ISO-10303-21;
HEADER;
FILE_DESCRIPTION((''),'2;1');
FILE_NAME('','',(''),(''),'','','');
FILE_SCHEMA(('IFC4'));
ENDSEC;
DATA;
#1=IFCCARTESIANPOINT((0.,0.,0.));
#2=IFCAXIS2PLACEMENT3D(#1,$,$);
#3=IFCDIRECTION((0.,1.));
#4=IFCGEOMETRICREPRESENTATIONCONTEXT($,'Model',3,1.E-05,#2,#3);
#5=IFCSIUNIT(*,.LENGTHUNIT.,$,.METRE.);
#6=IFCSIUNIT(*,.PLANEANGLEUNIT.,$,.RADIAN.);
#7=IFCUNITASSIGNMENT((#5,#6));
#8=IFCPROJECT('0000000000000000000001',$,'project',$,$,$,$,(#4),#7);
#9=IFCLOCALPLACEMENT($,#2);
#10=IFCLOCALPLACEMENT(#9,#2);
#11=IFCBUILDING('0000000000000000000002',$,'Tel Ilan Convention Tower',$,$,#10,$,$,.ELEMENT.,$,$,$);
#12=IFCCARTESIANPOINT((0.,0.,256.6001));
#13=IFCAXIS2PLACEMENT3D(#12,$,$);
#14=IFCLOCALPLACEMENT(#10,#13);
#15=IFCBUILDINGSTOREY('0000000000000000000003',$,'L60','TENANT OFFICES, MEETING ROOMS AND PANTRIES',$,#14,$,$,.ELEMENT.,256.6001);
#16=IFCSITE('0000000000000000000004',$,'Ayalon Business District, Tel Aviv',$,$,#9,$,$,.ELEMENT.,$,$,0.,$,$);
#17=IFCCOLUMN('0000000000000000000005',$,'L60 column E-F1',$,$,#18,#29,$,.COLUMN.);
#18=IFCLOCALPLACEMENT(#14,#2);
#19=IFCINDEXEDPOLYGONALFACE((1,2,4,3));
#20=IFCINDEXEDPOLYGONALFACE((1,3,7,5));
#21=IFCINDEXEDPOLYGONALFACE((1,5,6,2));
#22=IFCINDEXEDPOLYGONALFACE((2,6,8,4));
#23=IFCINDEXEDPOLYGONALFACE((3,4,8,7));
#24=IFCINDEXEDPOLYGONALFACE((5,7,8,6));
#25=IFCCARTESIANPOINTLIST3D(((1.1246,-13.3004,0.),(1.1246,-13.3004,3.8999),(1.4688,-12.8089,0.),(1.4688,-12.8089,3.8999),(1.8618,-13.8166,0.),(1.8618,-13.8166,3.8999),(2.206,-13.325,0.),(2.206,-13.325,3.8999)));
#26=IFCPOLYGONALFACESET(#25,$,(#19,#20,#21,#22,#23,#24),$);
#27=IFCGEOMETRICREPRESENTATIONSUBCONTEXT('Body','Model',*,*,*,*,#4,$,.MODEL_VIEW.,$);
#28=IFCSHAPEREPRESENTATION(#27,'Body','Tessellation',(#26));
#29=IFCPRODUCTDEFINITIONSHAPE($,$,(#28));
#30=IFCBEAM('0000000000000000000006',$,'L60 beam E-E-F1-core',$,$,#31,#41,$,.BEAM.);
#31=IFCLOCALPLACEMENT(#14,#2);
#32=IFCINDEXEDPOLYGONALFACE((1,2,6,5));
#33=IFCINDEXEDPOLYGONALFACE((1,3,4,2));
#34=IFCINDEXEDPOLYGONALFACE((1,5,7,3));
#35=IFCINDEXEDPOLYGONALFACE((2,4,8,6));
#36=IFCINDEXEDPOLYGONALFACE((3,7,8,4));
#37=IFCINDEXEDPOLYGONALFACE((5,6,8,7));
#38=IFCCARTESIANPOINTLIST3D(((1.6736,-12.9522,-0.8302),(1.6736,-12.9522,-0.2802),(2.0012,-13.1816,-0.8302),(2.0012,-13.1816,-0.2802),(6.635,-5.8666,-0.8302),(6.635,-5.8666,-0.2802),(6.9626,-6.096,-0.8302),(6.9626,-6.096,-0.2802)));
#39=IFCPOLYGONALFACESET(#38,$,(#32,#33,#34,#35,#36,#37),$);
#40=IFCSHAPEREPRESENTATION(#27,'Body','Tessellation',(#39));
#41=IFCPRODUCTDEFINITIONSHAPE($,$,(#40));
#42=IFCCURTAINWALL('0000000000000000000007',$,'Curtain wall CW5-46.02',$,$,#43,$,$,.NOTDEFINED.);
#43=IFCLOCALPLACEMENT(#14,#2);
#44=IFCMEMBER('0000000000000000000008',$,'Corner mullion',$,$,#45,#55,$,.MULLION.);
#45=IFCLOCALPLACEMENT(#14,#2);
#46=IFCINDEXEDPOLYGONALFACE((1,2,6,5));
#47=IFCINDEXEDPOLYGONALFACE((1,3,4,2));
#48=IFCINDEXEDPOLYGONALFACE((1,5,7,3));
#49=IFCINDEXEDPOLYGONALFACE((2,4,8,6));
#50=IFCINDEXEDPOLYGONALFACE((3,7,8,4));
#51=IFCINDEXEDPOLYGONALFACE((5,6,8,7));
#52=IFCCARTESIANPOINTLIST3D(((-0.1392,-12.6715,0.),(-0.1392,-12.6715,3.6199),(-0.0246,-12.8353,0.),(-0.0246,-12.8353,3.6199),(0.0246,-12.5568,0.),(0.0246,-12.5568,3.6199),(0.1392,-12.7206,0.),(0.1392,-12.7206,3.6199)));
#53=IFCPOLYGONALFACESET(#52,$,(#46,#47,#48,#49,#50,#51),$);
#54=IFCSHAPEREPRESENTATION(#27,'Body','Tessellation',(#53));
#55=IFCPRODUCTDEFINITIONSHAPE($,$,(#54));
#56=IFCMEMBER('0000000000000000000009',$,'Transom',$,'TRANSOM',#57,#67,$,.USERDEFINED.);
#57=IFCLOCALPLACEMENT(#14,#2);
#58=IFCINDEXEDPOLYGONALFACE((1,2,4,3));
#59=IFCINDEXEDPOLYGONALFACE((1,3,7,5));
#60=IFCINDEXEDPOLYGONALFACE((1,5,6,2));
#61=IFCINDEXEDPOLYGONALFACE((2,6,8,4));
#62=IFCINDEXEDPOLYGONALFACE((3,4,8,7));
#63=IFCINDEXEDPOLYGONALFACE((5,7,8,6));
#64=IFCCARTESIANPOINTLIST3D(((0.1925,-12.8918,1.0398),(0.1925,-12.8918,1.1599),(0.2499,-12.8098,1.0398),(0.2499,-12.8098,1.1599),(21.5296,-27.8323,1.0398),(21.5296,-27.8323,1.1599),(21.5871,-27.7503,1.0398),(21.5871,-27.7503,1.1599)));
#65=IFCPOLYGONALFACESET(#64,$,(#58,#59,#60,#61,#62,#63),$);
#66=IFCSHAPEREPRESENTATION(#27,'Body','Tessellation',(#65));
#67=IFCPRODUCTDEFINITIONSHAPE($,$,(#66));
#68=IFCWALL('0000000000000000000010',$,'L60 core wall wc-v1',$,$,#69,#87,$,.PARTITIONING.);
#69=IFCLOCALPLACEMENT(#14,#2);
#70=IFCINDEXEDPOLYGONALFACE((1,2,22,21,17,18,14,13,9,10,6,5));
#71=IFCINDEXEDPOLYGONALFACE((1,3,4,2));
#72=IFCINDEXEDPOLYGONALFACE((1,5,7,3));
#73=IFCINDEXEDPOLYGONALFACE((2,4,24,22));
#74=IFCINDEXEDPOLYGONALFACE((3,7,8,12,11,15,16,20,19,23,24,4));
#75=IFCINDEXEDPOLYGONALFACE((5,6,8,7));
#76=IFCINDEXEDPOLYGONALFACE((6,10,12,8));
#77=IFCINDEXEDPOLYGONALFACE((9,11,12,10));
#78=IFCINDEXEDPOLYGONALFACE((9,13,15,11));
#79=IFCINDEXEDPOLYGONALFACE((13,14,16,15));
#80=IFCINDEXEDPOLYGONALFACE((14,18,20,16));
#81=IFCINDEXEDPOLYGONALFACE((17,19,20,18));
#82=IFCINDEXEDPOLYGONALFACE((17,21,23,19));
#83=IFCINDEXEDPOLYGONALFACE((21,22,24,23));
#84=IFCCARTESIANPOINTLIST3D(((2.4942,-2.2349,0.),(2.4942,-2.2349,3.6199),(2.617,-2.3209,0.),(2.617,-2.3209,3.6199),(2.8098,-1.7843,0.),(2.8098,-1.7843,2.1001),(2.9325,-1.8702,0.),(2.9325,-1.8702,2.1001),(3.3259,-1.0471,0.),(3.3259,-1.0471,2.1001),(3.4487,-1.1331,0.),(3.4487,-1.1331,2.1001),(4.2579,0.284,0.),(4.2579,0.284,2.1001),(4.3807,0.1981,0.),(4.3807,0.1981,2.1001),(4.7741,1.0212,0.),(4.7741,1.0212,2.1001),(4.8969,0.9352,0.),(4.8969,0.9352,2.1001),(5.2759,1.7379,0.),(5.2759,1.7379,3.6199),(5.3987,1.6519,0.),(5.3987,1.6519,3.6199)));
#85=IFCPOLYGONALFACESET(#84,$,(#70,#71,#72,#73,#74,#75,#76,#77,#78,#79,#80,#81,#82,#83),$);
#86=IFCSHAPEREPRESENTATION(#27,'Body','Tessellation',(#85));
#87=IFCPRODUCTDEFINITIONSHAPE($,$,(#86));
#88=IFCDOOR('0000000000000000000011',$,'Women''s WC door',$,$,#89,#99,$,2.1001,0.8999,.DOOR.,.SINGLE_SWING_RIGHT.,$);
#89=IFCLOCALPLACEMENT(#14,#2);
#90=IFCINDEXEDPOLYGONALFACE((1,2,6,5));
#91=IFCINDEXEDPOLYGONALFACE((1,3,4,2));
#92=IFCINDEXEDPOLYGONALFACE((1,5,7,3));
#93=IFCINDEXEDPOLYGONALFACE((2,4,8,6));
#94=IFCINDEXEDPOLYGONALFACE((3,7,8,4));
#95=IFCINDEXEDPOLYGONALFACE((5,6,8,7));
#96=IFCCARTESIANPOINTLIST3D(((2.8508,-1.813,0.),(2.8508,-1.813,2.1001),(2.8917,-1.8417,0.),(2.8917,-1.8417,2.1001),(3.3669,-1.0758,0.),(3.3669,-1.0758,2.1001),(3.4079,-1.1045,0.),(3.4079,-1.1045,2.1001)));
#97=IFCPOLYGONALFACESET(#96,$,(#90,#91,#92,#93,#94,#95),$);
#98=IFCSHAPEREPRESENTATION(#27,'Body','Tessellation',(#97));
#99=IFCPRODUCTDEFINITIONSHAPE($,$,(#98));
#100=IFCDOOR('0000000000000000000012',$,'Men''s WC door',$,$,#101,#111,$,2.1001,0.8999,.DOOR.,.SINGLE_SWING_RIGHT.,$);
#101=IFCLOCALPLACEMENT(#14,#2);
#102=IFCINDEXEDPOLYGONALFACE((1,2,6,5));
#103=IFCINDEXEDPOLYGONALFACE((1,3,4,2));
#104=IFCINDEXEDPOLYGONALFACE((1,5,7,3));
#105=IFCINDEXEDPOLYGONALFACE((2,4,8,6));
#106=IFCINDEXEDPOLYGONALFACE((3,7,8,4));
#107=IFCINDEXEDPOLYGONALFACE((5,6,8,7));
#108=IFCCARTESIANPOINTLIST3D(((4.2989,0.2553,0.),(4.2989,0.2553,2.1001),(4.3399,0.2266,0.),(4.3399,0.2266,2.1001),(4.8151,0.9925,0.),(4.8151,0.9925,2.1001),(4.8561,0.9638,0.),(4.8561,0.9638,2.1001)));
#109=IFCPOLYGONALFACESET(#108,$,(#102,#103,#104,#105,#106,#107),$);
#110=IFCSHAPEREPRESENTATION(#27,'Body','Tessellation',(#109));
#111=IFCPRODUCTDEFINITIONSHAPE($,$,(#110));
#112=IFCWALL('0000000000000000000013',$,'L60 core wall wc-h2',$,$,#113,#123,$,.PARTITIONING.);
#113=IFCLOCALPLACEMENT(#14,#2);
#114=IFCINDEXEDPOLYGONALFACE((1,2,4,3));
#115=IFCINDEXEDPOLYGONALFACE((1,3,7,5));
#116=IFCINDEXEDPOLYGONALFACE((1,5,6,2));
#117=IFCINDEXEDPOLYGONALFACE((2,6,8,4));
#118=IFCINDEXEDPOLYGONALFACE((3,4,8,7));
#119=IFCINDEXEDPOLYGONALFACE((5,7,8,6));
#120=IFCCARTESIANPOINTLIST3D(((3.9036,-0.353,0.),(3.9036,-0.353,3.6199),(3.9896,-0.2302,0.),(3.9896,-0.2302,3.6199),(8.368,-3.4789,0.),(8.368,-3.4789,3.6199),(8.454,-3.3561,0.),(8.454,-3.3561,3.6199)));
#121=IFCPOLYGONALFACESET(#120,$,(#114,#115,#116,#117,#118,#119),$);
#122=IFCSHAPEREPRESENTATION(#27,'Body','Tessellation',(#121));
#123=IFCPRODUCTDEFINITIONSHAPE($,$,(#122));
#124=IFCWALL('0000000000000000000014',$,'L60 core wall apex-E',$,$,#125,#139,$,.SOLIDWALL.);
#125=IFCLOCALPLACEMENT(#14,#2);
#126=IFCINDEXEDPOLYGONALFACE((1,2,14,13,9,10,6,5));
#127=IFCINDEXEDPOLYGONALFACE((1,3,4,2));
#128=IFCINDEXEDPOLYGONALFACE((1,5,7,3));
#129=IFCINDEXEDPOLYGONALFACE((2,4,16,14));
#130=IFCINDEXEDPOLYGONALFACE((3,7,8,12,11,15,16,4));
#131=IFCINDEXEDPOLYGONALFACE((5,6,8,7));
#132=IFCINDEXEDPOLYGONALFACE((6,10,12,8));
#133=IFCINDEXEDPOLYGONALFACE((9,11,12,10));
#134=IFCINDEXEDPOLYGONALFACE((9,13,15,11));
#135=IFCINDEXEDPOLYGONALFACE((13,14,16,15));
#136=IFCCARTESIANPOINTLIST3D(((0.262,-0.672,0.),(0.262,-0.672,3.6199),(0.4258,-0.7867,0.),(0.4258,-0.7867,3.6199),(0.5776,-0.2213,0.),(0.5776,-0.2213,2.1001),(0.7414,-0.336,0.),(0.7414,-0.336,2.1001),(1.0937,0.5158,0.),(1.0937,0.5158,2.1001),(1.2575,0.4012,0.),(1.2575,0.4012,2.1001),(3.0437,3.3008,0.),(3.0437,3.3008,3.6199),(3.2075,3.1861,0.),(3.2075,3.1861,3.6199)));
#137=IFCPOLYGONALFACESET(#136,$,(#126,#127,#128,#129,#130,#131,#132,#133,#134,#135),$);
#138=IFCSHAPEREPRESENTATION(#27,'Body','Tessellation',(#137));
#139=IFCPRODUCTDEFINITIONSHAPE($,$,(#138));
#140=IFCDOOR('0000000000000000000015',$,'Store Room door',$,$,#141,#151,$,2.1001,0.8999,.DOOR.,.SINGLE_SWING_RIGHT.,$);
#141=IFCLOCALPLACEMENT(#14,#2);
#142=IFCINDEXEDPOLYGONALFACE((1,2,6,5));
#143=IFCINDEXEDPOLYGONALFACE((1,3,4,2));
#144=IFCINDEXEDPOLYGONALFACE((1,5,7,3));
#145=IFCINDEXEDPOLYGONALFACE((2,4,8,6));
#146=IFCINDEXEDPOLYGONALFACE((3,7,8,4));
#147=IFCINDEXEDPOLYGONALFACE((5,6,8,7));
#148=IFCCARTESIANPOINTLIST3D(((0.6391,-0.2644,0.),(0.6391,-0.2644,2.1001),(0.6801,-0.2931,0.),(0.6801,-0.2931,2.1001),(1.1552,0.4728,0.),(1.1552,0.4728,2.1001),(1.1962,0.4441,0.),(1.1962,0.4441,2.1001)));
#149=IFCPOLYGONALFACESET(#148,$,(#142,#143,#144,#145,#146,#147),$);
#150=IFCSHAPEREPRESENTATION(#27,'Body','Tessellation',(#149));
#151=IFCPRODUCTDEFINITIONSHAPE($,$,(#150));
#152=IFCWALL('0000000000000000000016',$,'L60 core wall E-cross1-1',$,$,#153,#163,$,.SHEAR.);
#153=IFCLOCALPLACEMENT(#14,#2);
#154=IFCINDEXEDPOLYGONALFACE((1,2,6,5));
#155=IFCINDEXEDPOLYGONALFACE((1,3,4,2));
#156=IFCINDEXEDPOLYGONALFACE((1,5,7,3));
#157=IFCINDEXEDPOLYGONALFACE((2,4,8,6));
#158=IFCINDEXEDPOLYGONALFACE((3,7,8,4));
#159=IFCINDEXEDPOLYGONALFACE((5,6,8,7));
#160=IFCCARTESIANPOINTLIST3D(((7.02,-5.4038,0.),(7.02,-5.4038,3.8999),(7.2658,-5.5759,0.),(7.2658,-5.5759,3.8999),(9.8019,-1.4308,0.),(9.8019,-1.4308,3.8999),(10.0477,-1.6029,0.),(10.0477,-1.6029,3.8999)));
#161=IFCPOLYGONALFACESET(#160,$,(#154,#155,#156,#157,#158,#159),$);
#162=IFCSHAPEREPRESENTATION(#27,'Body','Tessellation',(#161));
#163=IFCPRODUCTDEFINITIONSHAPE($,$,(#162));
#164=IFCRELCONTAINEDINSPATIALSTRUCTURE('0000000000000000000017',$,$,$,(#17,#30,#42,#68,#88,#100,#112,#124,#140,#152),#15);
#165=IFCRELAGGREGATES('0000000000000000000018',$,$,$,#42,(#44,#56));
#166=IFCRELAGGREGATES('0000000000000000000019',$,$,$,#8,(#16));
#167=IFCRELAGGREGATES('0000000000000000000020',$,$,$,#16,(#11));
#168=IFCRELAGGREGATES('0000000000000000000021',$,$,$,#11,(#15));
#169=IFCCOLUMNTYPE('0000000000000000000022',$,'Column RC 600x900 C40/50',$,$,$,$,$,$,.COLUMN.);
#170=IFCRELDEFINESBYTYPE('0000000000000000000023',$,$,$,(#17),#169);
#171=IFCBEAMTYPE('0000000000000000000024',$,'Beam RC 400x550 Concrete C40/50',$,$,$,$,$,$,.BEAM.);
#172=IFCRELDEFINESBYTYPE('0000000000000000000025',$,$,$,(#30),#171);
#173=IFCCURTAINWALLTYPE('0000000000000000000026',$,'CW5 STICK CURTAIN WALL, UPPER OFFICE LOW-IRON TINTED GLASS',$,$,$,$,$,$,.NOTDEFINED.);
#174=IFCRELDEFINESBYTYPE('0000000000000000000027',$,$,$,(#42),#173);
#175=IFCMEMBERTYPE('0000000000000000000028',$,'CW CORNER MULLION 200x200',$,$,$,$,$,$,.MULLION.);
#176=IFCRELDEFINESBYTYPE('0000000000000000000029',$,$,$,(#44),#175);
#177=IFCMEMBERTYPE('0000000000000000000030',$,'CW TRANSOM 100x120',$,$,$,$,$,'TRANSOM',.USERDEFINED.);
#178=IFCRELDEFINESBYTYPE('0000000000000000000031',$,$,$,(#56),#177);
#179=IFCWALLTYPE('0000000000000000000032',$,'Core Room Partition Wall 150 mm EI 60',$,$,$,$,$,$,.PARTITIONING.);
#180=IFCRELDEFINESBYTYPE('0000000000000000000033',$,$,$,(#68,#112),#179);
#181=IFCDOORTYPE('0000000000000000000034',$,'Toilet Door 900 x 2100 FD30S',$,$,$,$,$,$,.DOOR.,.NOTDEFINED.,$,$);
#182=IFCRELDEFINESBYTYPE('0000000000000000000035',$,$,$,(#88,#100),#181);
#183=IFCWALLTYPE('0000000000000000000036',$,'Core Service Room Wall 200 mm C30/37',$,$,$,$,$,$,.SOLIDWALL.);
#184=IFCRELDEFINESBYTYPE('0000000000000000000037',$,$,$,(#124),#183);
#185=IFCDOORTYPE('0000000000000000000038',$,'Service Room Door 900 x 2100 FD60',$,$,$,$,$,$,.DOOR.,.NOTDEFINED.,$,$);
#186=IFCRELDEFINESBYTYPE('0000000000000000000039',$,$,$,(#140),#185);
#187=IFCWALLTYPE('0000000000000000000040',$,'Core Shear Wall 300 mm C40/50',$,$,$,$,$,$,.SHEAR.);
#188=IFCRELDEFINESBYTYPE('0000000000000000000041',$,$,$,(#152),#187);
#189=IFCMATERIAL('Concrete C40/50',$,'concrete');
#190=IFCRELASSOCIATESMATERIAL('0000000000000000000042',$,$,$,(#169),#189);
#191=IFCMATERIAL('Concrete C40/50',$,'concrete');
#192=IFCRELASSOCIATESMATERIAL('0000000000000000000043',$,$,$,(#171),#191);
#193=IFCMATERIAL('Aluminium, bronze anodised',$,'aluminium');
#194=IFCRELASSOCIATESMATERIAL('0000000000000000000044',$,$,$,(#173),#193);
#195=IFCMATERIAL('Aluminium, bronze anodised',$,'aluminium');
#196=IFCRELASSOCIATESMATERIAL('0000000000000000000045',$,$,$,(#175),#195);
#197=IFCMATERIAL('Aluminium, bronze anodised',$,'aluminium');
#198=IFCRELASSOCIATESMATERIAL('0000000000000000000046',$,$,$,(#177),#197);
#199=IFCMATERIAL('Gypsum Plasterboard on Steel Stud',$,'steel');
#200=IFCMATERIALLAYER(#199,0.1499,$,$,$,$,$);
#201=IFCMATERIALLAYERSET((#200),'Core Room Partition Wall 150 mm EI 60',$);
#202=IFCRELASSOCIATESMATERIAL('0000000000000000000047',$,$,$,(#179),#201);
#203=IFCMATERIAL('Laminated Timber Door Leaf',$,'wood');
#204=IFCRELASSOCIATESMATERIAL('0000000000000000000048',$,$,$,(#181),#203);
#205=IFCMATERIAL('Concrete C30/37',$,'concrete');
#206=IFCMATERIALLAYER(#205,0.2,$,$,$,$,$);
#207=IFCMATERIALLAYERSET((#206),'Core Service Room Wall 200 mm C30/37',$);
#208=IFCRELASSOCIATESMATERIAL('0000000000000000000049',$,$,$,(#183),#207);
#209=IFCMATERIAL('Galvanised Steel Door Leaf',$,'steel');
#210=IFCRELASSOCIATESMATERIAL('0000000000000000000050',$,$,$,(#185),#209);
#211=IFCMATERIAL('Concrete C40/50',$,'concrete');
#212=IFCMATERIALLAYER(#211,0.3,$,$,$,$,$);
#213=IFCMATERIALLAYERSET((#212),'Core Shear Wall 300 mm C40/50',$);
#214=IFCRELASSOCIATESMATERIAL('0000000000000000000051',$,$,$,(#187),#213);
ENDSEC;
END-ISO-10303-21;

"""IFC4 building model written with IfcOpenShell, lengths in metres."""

from ifc_helpers import new_model, si_unit, direction, frame, frame_2d, origin, origin_2d, place, context, subcontext, project, spatial, polyline, rectangle, outline, extrude, material, layer, layer_set, material_profile, profile_set, type_object, element, fill, aggregate, save


model = new_model("IFC4")

# Units and contexts
model_context = context("Model", 3, precision=1e-05, world=origin(), true_north=direction((0.0, 1.0)))
body_context = subcontext(model_context, "Body", "Model", "MODEL_VIEW")
ifc_project = project(units=[si_unit("LENGTHUNIT", "METRE"), si_unit("PLANEANGLEUNIT", "RADIAN")], contexts=[model_context])

# Site, building, storey
site_placement = place(None, origin())
site = spatial("IfcSite", under=ifc_project, at=site_placement, Name="Ayalon Business District, Tel Aviv", CompositionType="ELEMENT", RefElevation=0.0)
building_placement = place(site_placement, origin())
building = spatial("IfcBuilding", under=site, at=building_placement, Name="Tel Ilan Convention Tower", CompositionType="ELEMENT")
storey_placement = place(building_placement, frame((0.0, 0.0, 256.6001)))
storey = spatial("IfcBuildingStorey", under=building, at=storey_placement, Name="L60", Description="TENANT OFFICES, MEETING ROOMS AND PANTRIES", CompositionType="ELEMENT", Elevation=256.6001)

# Column
ifc_material_1 = material(Name="Concrete C40/50", Category="concrete")
ifc_material_profile_1 = material_profile(ifc_material_1, rectangle(XDim=0.8999, YDim=0.6001, at=origin_2d()), Name="RC 600x900")
ifc_profile_set_1 = profile_set([ifc_material_profile_1], Name="Concrete C40/50")
column_type = type_object("IfcColumnType", Name="Column RC 600x900 C40/50", PredefinedType="COLUMN", material=ifc_profile_set_1)
column_placement = place(storey_placement, frame((1.6653, -13.3127, 0.0), z_axis=(0.0, 0.0, 1.0), x_axis=(0.819152, -0.573576, 0.0)))
element("IfcColumn", 1, at=column_placement, inside=storey, type_object=column_type, Name="L60 column E-F1", PredefinedType="COLUMN", context=body_context, shape_type="SweptSolid", body=[
    extrude(rectangle(XDim=0.8999, YDim=0.6001, at=origin_2d()), origin(), (0.0, 0.0, 1.0), 3.8999),
])

# Beam
ifc_material_2 = material(Name="Concrete C40/50", Category="concrete")
ifc_material_profile_2 = material_profile(ifc_material_2, rectangle(XDim=0.3999, YDim=0.55, at=origin_2d()), Name="RC 400x550")
ifc_profile_set_2 = profile_set([ifc_material_profile_2], Name="Concrete C40/50")
beam_type = type_object("IfcBeamType", Name="Beam RC 400x550 Concrete C40/50", PredefinedType="BEAM", material=ifc_profile_set_2)
beam_placement = place(storey_placement, frame((1.8374, -13.0669, -0.5552), z_axis=(0.573574, 0.819154, 0.0), x_axis=(-0.819154, 0.573574, 0.0)))
element("IfcBeam", 2, at=beam_placement, inside=storey, type_object=beam_type, Name="L60 beam E-E-F1-core", PredefinedType="BEAM", context=body_context, shape_type="SweptSolid", body=[
    extrude(rectangle(XDim=0.3999, YDim=0.55, at=origin_2d()), origin(), (0.0, 0.0, 1.0), 8.6499),
])

# Curtain wall, members
ifc_material_3 = material(Name="Aluminium, bronze anodised", Category="aluminium")
curtain_wall_type = type_object("IfcCurtainWallType", Name="CW5 STICK CURTAIN WALL, UPPER OFFICE LOW-IRON TINTED GLASS", PredefinedType="NOTDEFINED", material=ifc_material_3)
curtain_wall_placement = place(storey_placement, origin())
curtain_wall = element("IfcCurtainWall", 3, at=curtain_wall_placement, inside=storey, type_object=curtain_wall_type, Name="Curtain wall CW5-46.02", PredefinedType="NOTDEFINED")
ifc_material_4 = material(Name="Aluminium, bronze anodised", Category="aluminium")
ifc_material_profile_3 = material_profile(ifc_material_4, rectangle(XDim=0.2, YDim=0.2, at=origin_2d()), Name="CW CORNER MULLION 200x200")
ifc_profile_set_3 = profile_set([ifc_material_profile_3], Name="Aluminium, bronze anodised")
member_type_1 = type_object("IfcMemberType", Name="CW CORNER MULLION 200x200", PredefinedType="MULLION", material=ifc_profile_set_3)
member_1_placement = place(storey_placement, frame((0.0, -12.696, 0.0), z_axis=(0.0, 0.0, 1.0), x_axis=(0.819152, 0.573576, 0.0)))
member_1 = element("IfcMember", 4, at=member_1_placement, type_object=member_type_1, Name="Corner mullion", PredefinedType="MULLION", context=body_context, shape_type="SweptSolid", body=[
    extrude(rectangle(XDim=0.2, YDim=0.2, at=origin_2d()), origin(), (0.0, 0.0, 1.0), 3.6199),
])
ifc_material_5 = material(Name="Aluminium, bronze anodised", Category="aluminium")
ifc_material_profile_4 = material_profile(ifc_material_5, rectangle(XDim=0.1001, YDim=0.1201, at=origin_2d()), Name="CW TRANSOM 100x120")
ifc_profile_set_4 = profile_set([ifc_material_profile_4], Name="Aluminium, bronze anodised")
member_type_2 = type_object("IfcMemberType", Name="CW TRANSOM 100x120", ElementType="TRANSOM", PredefinedType="USERDEFINED", material=ifc_profile_set_4)
member_2_placement = place(storey_placement, frame((0.2212, -12.8508, 1.0999), z_axis=(0.819152, -0.573576, 0.0), x_axis=(0.573576, 0.819152, 0.0)))
member_2 = element("IfcMember", 5, at=member_2_placement, type_object=member_type_2, Name="Transom", ObjectType="TRANSOM", PredefinedType="USERDEFINED", context=body_context, shape_type="SweptSolid", body=[
    extrude(rectangle(XDim=0.1001, YDim=0.1201, at=origin_2d()), origin(), (0.0, 0.0, 1.0), 26.0479),
])
aggregate(curtain_wall, [member_1, member_2])

# Wall, openings, doors
ifc_material_6 = material(Name="Gypsum Plasterboard on Steel Stud", Category="steel")
ifc_layer_1 = layer(ifc_material_6, 0.1499)
ifc_layer_set_1 = layer_set([ifc_layer_1], Name="Core Room Partition Wall 150 mm EI 60")
wall_type_1 = type_object("IfcWallType", Name="Core Room Partition Wall 150 mm EI 60", PredefinedType="PARTITIONING", material=ifc_layer_set_1)
wall_1_placement = place(storey_placement, frame((2.5557, -2.2778, 0.0), z_axis=(0.0, 0.0, 1.0), x_axis=(0.57356, 0.819163, 0.0)))
wall_1 = element("IfcWall", 6, at=wall_1_placement, inside=storey, type_object=wall_type_1, Name="L60 core wall wc-v1", PredefinedType="PARTITIONING", context=body_context, shape_type="SweptSolid", body=[
    extrude(rectangle(XDim=4.8499, YDim=0.1499, at=frame_2d((2.4248, 0.0))), origin(), (0.0, 0.0, 1.0), 3.6199),
])
opening_1_placement = place(wall_1_placement, frame((0.55, 0.0, 0.0)))
opening_1 = element("IfcOpeningElement", 7, at=opening_1_placement, cuts=wall_1, PredefinedType="OPENING", context=body_context, shape_type="SweptSolid", body=[
    extrude(rectangle(XDim=0.8999, YDim=2.1001, at=frame_2d((0.45, 1.05))), frame((0.0, 0.085, 0.0), z_axis=(0.0, -1.0, 0.0), x_axis=(1.0, 0.0, 0.0)), (0.0, 0.0, 1.0), 0.1699),
])
opening_2_placement = place(wall_1_placement, frame((3.075, 0.0, 0.0)))
opening_2 = element("IfcOpeningElement", 8, at=opening_2_placement, cuts=wall_1, PredefinedType="OPENING", context=body_context, shape_type="SweptSolid", body=[
    extrude(rectangle(XDim=0.8999, YDim=2.1001, at=frame_2d((0.45, 1.05))), frame((0.0, 0.085, 0.0), z_axis=(0.0, -1.0, 0.0), x_axis=(1.0, 0.0, 0.0)), (0.0, 0.0, 1.0), 0.1699),
])
ifc_material_7 = material(Name="Laminated Timber Door Leaf", Category="wood")
door_type_1 = type_object("IfcDoorType", Name="Toilet Door 900 x 2100 FD30S", OperationType="NOTDEFINED", PredefinedType="DOOR", material=ifc_material_7)
door_1_placement = place(opening_1_placement, origin())
door_1 = element("IfcDoor", 9, at=door_1_placement, inside=storey, type_object=door_type_1, Name="Women's WC door", OperationType="SINGLE_SWING_RIGHT", OverallHeight=2.1001, OverallWidth=0.8999, PredefinedType="DOOR", context=body_context, shape_type="SweptSolid", body=[
    extrude(rectangle(XDim=0.8999, YDim=2.1001, at=frame_2d((0.45, 1.05))), frame((0.0, 0.0249, 0.0), z_axis=(0.0, -1.0, 0.0), x_axis=(1.0, 0.0, 0.0)), (0.0, 0.0, 1.0), 0.05),
])
fill(opening_1, door_1)
door_2_placement = place(opening_2_placement, origin())
door_2 = element("IfcDoor", 10, at=door_2_placement, inside=storey, type_object=door_type_1, Name="Men's WC door", OperationType="SINGLE_SWING_RIGHT", OverallHeight=2.1001, OverallWidth=0.8999, PredefinedType="DOOR", context=body_context, shape_type="SweptSolid", body=[
    extrude(rectangle(XDim=0.8999, YDim=2.1001, at=frame_2d((0.45, 1.05))), frame((0.0, 0.0249, 0.0), z_axis=(0.0, -1.0, 0.0), x_axis=(1.0, 0.0, 0.0)), (0.0, 0.0, 1.0), 0.05),
])
fill(opening_2, door_2)

# Wall
wall_2_placement = place(storey_placement, frame((3.9465, -0.2915, 0.0), z_axis=(0.0, 0.0, 1.0), x_axis=(0.819152, -0.573577, 0.0)))
element("IfcWall", 11, at=wall_2_placement, inside=storey, type_object=wall_type_1, Name="L60 core wall wc-h2", PredefinedType="PARTITIONING", context=body_context, shape_type="SweptSolid", body=[
    extrude(rectangle(XDim=5.45, YDim=0.1499, at=frame_2d((2.7251, 0.0))), origin(), (0.0, 0.0, 1.0), 3.6199),
])

# Wall, opening, door
ifc_material_8 = material(Name="Concrete C30/37", Category="concrete")
ifc_layer_2 = layer(ifc_material_8, 0.2)
ifc_layer_set_2 = layer_set([ifc_layer_2], Name="Core Service Room Wall 200 mm C30/37")
wall_type_2 = type_object("IfcWallType", Name="Core Service Room Wall 200 mm C30/37", PredefinedType="SOLIDWALL", material=ifc_layer_set_2)
wall_3_placement = place(storey_placement, frame((0.344, -0.7292, 0.0), z_axis=(0.0, 0.0, 1.0), x_axis=(0.57356, 0.819163, 0.0)))
wall_3 = element("IfcWall", 12, at=wall_3_placement, inside=storey, type_object=wall_type_2, Name="L60 core wall apex-E", PredefinedType="SOLIDWALL", context=body_context, shape_type="SweptSolid", body=[
    extrude(rectangle(XDim=4.8499, YDim=0.2, at=frame_2d((2.4248, 0.0))), origin(), (0.0, 0.0, 1.0), 3.6199),
])
opening_3_placement = place(wall_3_placement, frame((0.55, 0.0, 0.0)))
opening_3 = element("IfcOpeningElement", 13, at=opening_3_placement, cuts=wall_3, PredefinedType="OPENING", context=body_context, shape_type="SweptSolid", body=[
    extrude(rectangle(XDim=0.8999, YDim=2.1001, at=frame_2d((0.45, 1.05))), frame((0.0, 0.1099, 0.0), z_axis=(0.0, -1.0, 0.0), x_axis=(1.0, 0.0, 0.0)), (0.0, 0.0, 1.0), 0.22),
])
ifc_material_9 = material(Name="Galvanised Steel Door Leaf", Category="steel")
door_type_2 = type_object("IfcDoorType", Name="Service Room Door 900 x 2100 FD60", OperationType="NOTDEFINED", PredefinedType="DOOR", material=ifc_material_9)
door_3_placement = place(opening_3_placement, origin())
door_3 = element("IfcDoor", 14, at=door_3_placement, inside=storey, type_object=door_type_2, Name="Store Room door", OperationType="SINGLE_SWING_RIGHT", OverallHeight=2.1001, OverallWidth=0.8999, PredefinedType="DOOR", context=body_context, shape_type="SweptSolid", body=[
    extrude(rectangle(XDim=0.8999, YDim=2.1001, at=frame_2d((0.45, 1.05))), frame((0.0, 0.0249, 0.0), z_axis=(0.0, -1.0, 0.0), x_axis=(1.0, 0.0, 0.0)), (0.0, 0.0, 1.0), 0.05),
])
fill(opening_3, door_3)

# Wall
ifc_material_10 = material(Name="Concrete C40/50", Category="concrete")
ifc_layer_3 = layer(ifc_material_10, 0.3)
ifc_layer_set_3 = layer_set([ifc_layer_3], Name="Core Shear Wall 300 mm C40/50")
wall_type_3 = type_object("IfcWallType", Name="Core Shear Wall 300 mm C40/50", PredefinedType="SHEAR", material=ifc_layer_set_3)
wall_4_placement = place(storey_placement, frame((7.1428, -5.4897, 0.0), z_axis=(0.0, 0.0, 1.0), x_axis=(0.573618, 0.819123, 0.0)))
element("IfcWall", 15, at=wall_4_placement, inside=storey, type_object=wall_type_3, Name="L60 core wall E-cross1-1", PredefinedType="SHEAR", context=body_context, shape_type="SweptSolid", body=[
    extrude(outline(polyline([(0.0, 0.1499), (0.0, -0.1501), (4.8501, -0.1499), (4.8501, 0.1501), (0.0, 0.1499)])), origin(), (0.0, 0.0, 1.0), 3.8999),
])

save(model, "model.ifc")
